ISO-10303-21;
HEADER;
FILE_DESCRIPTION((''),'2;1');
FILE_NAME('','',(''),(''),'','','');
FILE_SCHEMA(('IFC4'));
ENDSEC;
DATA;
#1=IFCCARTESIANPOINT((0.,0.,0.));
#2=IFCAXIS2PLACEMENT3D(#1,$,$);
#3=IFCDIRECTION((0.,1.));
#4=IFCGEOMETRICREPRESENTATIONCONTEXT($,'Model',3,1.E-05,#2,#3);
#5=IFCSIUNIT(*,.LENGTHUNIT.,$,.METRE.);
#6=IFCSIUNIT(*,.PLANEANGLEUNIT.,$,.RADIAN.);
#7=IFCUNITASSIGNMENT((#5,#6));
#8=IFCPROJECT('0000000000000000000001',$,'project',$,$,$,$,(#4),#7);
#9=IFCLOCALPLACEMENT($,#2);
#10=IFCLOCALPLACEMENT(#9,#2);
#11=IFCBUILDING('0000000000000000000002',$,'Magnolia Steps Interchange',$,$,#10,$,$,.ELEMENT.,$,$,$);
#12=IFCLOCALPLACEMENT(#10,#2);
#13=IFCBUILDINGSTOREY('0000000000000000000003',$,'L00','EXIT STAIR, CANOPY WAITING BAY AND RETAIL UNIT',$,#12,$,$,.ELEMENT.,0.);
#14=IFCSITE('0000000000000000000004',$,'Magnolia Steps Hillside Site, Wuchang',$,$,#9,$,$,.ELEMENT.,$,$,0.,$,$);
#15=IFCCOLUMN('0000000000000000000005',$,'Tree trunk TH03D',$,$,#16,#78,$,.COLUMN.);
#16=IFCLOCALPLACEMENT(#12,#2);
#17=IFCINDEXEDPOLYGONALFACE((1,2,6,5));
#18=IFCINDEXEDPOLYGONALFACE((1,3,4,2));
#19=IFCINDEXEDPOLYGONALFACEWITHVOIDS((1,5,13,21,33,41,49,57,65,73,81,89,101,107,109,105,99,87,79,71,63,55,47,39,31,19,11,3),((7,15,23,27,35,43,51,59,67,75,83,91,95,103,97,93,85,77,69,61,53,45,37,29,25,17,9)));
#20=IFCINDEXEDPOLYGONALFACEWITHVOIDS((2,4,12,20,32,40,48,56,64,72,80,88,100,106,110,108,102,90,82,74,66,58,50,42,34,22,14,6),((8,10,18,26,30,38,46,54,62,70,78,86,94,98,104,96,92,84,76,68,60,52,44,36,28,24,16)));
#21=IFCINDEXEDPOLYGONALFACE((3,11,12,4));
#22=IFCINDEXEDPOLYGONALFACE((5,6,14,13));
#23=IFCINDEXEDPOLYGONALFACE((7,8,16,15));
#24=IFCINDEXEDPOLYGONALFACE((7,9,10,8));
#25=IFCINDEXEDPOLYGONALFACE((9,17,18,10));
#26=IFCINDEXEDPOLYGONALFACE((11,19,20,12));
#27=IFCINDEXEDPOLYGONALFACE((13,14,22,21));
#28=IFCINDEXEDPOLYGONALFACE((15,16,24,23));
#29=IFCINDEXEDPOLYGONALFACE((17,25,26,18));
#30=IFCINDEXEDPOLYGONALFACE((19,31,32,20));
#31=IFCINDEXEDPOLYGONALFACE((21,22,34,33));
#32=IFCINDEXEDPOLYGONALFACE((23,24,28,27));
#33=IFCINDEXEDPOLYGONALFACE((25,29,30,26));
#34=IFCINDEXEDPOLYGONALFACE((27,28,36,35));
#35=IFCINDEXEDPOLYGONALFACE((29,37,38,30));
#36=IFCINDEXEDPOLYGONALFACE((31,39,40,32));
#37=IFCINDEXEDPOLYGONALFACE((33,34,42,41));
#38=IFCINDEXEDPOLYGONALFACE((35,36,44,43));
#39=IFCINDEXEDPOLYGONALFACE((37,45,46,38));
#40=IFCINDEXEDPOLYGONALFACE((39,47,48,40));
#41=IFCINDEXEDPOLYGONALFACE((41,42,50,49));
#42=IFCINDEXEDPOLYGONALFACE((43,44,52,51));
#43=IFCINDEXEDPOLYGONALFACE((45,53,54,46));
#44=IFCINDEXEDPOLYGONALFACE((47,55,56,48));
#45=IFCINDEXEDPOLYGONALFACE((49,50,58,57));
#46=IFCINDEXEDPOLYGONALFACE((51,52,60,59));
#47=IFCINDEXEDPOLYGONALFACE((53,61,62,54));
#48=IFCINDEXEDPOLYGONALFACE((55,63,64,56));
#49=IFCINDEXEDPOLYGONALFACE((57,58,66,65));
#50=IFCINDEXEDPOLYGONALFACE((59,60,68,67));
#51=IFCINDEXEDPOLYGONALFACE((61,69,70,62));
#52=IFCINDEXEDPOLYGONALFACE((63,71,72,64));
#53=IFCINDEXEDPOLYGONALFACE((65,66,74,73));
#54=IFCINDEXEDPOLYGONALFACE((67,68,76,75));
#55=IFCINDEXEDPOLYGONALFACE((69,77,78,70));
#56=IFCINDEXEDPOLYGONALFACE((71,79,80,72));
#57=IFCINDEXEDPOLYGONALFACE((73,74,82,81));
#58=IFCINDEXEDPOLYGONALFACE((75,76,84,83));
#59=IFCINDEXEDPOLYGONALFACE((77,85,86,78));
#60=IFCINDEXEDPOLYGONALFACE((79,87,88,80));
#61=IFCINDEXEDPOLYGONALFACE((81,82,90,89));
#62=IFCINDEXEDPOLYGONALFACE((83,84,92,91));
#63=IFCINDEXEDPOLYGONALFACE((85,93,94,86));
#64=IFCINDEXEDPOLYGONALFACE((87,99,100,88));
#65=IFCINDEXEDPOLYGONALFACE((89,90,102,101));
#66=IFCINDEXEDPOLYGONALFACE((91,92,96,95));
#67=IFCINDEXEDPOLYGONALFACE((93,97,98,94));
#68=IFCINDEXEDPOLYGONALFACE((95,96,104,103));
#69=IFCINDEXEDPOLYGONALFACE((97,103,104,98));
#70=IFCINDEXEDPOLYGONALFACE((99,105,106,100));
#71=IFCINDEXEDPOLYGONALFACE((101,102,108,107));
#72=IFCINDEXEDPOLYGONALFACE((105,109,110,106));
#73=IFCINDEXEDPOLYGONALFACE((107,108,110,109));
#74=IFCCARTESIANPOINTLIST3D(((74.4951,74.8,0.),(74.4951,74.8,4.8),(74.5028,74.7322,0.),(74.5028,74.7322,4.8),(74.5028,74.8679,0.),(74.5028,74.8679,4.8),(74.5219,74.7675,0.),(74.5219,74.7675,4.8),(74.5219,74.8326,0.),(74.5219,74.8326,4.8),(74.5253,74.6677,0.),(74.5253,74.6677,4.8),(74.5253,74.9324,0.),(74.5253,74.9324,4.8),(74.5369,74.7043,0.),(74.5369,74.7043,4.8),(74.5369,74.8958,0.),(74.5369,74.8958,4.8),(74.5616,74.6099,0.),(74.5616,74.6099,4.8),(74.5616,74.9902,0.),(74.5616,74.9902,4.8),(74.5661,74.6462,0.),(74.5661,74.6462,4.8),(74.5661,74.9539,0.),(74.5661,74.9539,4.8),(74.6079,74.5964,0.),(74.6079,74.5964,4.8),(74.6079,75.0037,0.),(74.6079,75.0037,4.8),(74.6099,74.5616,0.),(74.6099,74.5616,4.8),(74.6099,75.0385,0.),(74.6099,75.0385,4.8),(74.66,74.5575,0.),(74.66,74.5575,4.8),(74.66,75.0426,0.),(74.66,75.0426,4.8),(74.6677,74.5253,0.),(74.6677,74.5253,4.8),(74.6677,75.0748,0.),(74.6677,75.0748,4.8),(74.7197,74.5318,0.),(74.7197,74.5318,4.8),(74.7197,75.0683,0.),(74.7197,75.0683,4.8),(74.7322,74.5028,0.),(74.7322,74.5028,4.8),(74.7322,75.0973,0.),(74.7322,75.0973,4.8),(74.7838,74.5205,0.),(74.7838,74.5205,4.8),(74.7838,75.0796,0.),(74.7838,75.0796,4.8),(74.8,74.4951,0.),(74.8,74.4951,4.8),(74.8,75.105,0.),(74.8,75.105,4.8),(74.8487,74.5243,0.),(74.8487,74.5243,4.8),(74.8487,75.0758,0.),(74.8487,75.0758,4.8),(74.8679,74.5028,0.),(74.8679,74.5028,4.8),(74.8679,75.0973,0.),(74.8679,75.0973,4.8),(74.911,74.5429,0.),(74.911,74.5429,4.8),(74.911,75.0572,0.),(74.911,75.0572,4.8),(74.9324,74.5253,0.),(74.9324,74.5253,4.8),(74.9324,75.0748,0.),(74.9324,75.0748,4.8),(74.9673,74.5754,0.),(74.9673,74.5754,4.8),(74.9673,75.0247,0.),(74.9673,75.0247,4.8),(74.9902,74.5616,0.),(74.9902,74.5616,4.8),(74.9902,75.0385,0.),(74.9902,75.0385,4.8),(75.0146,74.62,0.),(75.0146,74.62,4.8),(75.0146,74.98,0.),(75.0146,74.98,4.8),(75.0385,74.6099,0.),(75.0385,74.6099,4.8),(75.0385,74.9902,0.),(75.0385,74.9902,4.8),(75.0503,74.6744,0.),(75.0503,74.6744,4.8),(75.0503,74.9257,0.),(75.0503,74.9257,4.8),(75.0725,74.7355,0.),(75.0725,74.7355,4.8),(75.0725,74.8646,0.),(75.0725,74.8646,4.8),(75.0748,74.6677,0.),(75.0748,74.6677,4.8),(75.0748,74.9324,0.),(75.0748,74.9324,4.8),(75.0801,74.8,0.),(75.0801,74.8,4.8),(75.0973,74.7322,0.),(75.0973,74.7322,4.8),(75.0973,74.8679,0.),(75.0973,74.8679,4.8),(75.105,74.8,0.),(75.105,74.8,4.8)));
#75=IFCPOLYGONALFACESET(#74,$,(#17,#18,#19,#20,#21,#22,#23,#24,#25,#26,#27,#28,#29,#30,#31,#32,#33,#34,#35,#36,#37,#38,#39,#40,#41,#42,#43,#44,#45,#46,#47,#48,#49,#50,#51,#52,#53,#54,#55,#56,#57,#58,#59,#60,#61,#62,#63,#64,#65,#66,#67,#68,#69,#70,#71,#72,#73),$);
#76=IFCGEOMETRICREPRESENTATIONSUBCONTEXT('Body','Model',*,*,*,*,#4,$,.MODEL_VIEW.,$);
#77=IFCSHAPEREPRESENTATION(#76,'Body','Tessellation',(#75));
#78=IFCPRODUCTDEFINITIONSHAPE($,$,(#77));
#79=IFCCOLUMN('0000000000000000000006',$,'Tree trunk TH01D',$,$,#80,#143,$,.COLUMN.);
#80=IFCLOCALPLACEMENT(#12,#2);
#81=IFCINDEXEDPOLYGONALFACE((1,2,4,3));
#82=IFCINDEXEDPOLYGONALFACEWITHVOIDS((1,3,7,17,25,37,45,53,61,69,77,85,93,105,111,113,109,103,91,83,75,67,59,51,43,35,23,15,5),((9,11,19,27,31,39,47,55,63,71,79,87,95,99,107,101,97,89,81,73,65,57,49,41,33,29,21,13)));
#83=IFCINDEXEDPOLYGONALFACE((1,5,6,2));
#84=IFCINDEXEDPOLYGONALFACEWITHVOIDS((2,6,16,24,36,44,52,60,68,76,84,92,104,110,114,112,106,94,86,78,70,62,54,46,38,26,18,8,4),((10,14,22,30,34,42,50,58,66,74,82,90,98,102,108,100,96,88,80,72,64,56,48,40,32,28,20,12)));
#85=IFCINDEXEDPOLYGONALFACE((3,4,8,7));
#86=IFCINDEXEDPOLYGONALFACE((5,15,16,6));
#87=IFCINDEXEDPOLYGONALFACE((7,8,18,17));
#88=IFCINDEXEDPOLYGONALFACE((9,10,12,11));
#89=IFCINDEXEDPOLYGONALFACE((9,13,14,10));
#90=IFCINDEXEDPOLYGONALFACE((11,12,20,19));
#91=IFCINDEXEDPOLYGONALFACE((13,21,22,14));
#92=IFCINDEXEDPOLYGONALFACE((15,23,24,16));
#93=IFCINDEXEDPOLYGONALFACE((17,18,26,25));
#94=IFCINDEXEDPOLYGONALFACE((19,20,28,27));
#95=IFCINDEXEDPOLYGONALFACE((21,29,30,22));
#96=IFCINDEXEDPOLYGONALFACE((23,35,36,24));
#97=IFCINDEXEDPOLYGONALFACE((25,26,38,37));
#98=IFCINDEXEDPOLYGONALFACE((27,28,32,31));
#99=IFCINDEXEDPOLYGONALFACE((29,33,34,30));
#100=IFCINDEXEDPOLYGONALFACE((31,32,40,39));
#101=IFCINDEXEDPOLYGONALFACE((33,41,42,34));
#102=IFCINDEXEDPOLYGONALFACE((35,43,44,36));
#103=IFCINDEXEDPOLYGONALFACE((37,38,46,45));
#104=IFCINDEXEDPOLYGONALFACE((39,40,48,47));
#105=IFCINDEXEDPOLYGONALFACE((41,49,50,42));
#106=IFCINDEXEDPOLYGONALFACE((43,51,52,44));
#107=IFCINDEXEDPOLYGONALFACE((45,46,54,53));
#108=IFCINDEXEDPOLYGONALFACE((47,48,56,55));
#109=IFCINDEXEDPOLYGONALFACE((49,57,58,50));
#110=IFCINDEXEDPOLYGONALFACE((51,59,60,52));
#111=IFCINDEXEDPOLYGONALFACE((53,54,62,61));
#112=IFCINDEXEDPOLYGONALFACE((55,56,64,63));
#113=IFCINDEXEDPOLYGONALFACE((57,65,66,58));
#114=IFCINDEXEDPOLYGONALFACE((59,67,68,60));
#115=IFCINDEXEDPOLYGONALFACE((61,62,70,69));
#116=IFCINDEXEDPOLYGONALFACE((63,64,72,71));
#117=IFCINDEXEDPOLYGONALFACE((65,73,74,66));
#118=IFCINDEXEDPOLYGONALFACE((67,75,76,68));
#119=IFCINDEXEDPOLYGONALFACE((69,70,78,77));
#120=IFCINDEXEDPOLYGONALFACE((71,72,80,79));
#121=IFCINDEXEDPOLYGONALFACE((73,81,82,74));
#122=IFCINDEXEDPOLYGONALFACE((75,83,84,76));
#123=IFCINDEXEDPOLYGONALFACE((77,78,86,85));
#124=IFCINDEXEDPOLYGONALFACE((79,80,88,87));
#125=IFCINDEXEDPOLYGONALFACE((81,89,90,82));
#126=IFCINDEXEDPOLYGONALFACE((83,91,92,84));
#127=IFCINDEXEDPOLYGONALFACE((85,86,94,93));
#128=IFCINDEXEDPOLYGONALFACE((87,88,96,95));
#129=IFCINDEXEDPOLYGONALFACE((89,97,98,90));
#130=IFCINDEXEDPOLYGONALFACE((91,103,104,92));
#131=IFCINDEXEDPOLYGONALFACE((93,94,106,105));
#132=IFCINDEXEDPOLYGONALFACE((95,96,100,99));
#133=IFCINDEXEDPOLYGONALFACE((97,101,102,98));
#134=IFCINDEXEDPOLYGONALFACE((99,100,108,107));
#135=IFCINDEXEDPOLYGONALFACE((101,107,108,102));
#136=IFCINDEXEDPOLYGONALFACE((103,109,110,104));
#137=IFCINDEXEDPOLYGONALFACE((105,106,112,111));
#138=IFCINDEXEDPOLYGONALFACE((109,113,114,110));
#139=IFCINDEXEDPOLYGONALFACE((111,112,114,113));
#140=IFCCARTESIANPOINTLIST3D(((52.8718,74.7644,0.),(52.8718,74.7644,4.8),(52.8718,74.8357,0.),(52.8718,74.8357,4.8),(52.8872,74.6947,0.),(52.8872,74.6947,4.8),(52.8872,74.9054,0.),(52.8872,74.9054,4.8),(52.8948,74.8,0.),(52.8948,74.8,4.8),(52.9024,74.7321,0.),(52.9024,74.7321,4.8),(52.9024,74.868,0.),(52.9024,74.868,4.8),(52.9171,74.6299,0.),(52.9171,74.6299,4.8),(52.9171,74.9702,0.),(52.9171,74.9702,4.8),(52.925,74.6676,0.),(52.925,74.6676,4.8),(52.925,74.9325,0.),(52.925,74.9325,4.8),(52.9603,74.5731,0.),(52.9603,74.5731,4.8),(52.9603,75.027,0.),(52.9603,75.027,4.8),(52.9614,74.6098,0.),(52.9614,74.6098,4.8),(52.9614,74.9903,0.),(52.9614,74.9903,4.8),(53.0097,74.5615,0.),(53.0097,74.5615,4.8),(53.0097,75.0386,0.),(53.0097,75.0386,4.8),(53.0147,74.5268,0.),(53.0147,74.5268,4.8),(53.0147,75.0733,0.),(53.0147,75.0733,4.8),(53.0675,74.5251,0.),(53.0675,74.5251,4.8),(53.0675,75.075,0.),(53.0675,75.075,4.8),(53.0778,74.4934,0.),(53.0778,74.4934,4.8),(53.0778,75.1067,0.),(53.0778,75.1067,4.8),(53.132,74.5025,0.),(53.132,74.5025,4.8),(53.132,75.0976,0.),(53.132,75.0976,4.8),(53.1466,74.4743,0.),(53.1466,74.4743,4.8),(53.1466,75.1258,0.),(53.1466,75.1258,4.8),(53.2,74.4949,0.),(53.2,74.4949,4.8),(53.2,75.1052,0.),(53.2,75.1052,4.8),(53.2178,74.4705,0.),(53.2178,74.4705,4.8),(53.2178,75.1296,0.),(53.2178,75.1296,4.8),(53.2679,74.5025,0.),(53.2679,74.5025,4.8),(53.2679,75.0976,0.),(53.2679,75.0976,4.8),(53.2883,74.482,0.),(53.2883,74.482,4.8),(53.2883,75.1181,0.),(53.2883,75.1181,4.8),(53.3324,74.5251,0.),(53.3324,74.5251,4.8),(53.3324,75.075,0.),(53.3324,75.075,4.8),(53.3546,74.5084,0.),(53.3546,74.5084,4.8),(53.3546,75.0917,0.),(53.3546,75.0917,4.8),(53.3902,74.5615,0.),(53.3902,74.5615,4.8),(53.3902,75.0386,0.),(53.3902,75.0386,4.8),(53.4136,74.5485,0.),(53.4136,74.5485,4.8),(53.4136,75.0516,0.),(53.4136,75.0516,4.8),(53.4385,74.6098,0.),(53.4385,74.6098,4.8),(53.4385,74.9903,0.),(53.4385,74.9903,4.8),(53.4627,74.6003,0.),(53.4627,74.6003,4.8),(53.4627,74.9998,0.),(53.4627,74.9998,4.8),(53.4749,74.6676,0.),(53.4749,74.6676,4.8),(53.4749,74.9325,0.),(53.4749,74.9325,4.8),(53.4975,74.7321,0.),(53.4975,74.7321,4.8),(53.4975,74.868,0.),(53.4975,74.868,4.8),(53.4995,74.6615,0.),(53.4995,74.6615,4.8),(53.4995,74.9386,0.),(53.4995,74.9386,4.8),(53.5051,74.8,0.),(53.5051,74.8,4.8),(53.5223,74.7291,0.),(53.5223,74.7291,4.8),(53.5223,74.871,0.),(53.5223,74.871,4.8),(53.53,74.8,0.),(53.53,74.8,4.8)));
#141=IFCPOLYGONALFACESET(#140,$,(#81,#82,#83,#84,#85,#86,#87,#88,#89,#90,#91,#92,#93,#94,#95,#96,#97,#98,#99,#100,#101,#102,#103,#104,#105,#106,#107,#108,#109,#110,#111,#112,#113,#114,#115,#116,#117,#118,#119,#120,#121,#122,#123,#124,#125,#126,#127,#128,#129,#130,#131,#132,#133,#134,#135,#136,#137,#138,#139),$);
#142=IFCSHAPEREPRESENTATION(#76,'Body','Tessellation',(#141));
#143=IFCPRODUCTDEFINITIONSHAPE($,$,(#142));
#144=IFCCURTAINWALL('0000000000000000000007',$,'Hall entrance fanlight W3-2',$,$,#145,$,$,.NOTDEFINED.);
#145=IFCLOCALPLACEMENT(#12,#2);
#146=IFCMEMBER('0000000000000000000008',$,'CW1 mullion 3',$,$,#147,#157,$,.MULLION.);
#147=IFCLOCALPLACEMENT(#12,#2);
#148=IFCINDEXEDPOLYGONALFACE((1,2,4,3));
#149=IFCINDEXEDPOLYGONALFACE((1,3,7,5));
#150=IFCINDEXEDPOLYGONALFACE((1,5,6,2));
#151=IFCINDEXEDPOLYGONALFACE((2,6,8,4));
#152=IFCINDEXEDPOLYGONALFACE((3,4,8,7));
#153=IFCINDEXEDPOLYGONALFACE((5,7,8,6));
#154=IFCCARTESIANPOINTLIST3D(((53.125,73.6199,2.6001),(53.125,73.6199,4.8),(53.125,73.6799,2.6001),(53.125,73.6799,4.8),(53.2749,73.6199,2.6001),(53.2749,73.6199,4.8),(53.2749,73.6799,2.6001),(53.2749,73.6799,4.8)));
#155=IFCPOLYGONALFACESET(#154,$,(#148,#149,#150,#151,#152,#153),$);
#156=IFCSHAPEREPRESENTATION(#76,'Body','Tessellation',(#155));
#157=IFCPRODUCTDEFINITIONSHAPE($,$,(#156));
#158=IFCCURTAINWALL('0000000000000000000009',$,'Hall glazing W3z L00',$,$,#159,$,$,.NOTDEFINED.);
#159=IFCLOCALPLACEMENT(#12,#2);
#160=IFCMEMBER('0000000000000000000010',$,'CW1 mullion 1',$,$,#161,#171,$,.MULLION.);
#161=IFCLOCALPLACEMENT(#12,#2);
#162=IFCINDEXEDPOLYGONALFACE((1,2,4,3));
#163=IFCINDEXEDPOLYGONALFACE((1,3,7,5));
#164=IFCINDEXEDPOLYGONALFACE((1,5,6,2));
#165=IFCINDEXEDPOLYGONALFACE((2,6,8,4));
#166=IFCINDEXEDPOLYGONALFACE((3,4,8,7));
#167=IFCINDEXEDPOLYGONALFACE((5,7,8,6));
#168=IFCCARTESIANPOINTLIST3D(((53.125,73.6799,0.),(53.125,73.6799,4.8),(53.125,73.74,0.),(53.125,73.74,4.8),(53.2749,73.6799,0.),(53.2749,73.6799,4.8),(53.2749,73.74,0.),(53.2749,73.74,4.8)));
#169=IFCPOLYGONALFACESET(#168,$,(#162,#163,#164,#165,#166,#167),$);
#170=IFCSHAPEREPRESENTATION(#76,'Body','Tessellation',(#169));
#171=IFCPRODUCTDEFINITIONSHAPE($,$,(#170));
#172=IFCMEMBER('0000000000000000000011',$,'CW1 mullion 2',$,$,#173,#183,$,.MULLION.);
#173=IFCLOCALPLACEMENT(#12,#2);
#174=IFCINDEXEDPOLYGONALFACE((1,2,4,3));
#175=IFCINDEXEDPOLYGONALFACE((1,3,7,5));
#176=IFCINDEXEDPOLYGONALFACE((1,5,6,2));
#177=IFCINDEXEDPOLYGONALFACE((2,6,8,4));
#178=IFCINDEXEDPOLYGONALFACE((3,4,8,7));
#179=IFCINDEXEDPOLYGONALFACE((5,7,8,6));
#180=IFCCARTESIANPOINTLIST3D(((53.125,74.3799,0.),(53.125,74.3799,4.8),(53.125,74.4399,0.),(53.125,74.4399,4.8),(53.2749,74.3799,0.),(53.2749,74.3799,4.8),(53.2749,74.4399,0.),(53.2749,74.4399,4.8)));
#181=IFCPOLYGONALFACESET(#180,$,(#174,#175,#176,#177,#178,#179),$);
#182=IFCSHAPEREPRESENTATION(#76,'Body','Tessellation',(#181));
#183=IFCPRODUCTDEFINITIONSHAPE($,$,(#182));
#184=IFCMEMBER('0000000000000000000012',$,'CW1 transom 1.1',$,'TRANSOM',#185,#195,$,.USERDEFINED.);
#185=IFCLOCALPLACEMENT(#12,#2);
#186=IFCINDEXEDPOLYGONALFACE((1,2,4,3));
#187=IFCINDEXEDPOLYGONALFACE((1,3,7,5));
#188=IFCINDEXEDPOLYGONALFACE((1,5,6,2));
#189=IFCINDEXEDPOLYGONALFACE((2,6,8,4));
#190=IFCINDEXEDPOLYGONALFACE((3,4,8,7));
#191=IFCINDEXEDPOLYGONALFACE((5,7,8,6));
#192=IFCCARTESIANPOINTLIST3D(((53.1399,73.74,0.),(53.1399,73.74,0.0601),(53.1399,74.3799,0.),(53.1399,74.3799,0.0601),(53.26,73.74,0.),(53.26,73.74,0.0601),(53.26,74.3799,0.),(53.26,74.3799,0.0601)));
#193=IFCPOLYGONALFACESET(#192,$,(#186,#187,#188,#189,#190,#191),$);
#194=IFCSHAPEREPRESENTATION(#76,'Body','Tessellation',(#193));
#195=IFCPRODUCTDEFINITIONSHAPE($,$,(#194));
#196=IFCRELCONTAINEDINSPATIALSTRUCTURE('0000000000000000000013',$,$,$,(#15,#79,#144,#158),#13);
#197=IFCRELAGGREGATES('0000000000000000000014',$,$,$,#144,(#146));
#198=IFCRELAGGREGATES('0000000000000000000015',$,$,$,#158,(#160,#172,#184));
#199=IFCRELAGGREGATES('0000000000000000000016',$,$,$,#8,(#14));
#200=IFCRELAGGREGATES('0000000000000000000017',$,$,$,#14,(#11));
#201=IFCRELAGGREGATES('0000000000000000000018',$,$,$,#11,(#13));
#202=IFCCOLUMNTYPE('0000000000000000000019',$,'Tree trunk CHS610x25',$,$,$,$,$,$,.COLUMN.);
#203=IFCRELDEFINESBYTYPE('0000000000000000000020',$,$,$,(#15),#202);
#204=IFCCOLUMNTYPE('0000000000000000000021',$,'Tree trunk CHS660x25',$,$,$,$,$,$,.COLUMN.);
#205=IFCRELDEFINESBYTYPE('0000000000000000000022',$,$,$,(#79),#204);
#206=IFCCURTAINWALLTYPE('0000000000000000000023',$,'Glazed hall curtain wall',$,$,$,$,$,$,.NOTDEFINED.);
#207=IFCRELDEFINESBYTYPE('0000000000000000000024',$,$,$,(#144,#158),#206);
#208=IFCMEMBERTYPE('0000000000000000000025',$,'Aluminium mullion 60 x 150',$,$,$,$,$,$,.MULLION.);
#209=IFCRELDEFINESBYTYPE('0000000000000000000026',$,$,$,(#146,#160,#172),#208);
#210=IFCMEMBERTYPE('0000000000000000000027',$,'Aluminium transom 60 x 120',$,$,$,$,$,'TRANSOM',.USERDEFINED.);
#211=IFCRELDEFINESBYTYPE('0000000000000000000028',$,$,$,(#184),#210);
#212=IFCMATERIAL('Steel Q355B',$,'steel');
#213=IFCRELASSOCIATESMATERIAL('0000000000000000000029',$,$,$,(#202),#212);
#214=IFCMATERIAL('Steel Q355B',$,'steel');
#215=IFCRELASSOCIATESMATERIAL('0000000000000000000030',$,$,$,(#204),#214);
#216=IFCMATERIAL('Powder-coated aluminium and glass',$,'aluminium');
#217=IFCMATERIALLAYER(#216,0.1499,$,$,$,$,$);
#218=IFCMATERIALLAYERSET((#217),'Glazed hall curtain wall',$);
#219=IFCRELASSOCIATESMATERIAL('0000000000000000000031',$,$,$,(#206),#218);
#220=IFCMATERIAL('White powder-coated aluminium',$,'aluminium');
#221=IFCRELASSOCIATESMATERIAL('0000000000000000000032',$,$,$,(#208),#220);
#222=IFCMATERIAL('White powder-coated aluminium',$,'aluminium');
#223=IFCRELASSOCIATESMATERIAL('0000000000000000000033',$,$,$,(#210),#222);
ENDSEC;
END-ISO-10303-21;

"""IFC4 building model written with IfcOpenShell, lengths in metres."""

from ifc_helpers import new_model, si_unit, direction, frame, origin, origin_2d, place, context, subcontext, project, spatial, rectangle, hollow_circle, extrude, material, layer, layer_set, material_profile, profile_set, type_object, element, aggregate, save


model = new_model("IFC4")

# Units and contexts
model_context = context("Model", 3, precision=1e-05, world=origin(), true_north=direction((0.0, 1.0)))
body_context = subcontext(model_context, "Body", "Model", "MODEL_VIEW")
ifc_project = project(units=[si_unit("LENGTHUNIT", "METRE"), si_unit("PLANEANGLEUNIT", "RADIAN")], contexts=[model_context])

# Site, building, storey
site_placement = place(None, origin())
site = spatial("IfcSite", under=ifc_project, at=site_placement, Name="Magnolia Steps Hillside Site, Wuchang", CompositionType="ELEMENT", RefElevation=0.0)
building_placement = place(site_placement, origin())
building = spatial("IfcBuilding", under=site, at=building_placement, Name="Magnolia Steps Interchange", CompositionType="ELEMENT")
storey_placement = place(building_placement, origin())
storey = spatial("IfcBuildingStorey", under=building, at=storey_placement, Name="L00", Description="EXIT STAIR, CANOPY WAITING BAY AND RETAIL UNIT", CompositionType="ELEMENT", Elevation=0.0)

# Columns
ifc_material_1 = material(Name="Steel Q355B", Category="steel")
ifc_material_profile_1 = material_profile(ifc_material_1, hollow_circle(Radius=0.3049, WallThickness=0.0249, at=origin_2d()), Name="CHS610x25")
ifc_profile_set_1 = profile_set([ifc_material_profile_1], Name="Steel Q355B")
column_type_1 = type_object("IfcColumnType", Name="Tree trunk CHS610x25", PredefinedType="COLUMN", material=ifc_profile_set_1)
for number, where, z_axis, x_axis, name in (
    (1, (74.8, 74.8, 0.0), (0.0, 0.0, 1.0), (1.0, 0.0, 0.0), "Tree trunk TH03D"),
):
    element("IfcColumn", number, at=place(storey_placement, frame(where, z_axis=z_axis, x_axis=x_axis)), inside=storey, type_object=column_type_1, Name=name, PredefinedType="COLUMN", context=body_context, shape_type="SweptSolid", body=[
        extrude(hollow_circle(Radius=0.3049, WallThickness=0.0249, at=origin_2d()), origin(), (0.0, 0.0, 1.0), 4.8),
    ])
ifc_material_2 = material(Name="Steel Q355B", Category="steel")
ifc_material_profile_2 = material_profile(ifc_material_2, hollow_circle(Radius=0.3301, WallThickness=0.0249, at=origin_2d()), Name="CHS660x25")
ifc_profile_set_2 = profile_set([ifc_material_profile_2], Name="Steel Q355B")
column_type_2 = type_object("IfcColumnType", Name="Tree trunk CHS660x25", PredefinedType="COLUMN", material=ifc_profile_set_2)
column_placement = place(storey_placement, frame((53.2, 74.8, 0.0), z_axis=(0.0, 0.0, 1.0), x_axis=(1.0, 0.0, 0.0)))
element("IfcColumn", 2, at=column_placement, inside=storey, type_object=column_type_2, Name="Tree trunk TH01D", PredefinedType="COLUMN", context=body_context, shape_type="SweptSolid", body=[
    extrude(hollow_circle(Radius=0.3301, WallThickness=0.0249, at=origin_2d()), origin(), (0.0, 0.0, 1.0), 4.8),
])

# Curtain wall, member
ifc_material_3 = material(Name="Powder-coated aluminium and glass", Category="aluminium")
ifc_layer_1 = layer(ifc_material_3, 0.1499)
ifc_layer_set_1 = layer_set([ifc_layer_1], Name="Glazed hall curtain wall")
curtain_wall_type = type_object("IfcCurtainWallType", Name="Glazed hall curtain wall", PredefinedType="NOTDEFINED", material=ifc_layer_set_1)
curtain_wall_1_placement = place(storey_placement, origin())
curtain_wall_1 = element("IfcCurtainWall", 3, at=curtain_wall_1_placement, inside=storey, type_object=curtain_wall_type, Name="Hall entrance fanlight W3-2", PredefinedType="NOTDEFINED")
ifc_material_4 = material(Name="White powder-coated aluminium", Category="aluminium")
ifc_material_profile_3 = material_profile(ifc_material_4, rectangle(XDim=0.0601, YDim=0.1499, at=origin_2d()), Name="Aluminium mullion 60 x 150")
ifc_profile_set_3 = profile_set([ifc_material_profile_3], Name="White powder-coated aluminium")
member_type_1 = type_object("IfcMemberType", Name="Aluminium mullion 60 x 150", PredefinedType="MULLION", material=ifc_profile_set_3)
member_1_placement = place(storey_placement, frame((53.2, 73.6499, 2.6001), z_axis=(0.0, 0.0, 1.0), x_axis=(0.0, 1.0, 0.0)))
member_1 = element("IfcMember", 4, at=member_1_placement, type_object=member_type_1, Name="CW1 mullion 3", PredefinedType="MULLION", context=body_context, shape_type="SweptSolid", body=[
    extrude(rectangle(XDim=0.0601, YDim=0.1499, at=origin_2d()), origin(), (0.0, 0.0, 1.0), 2.2),
])
aggregate(curtain_wall_1, [member_1])

# Curtain wall, members
curtain_wall_2_placement = place(storey_placement, origin())
curtain_wall_2 = element("IfcCurtainWall", 5, at=curtain_wall_2_placement, inside=storey, type_object=curtain_wall_type, Name="Hall glazing W3z L00", PredefinedType="NOTDEFINED")
member_2_placement = place(storey_placement, frame((53.2, 73.71, 0.0), z_axis=(0.0, 0.0, 1.0), x_axis=(0.0, 1.0, 0.0)))
member_2 = element("IfcMember", 6, at=member_2_placement, type_object=member_type_1, Name="CW1 mullion 1", PredefinedType="MULLION", context=body_context, shape_type="SweptSolid", body=[
    extrude(rectangle(XDim=0.0601, YDim=0.1499, at=origin_2d()), origin(), (0.0, 0.0, 1.0), 4.8),
])
member_3_placement = place(storey_placement, frame((53.2, 74.4099, 0.0), z_axis=(0.0, 0.0, 1.0), x_axis=(0.0, 1.0, 0.0)))
member_3 = element("IfcMember", 7, at=member_3_placement, type_object=member_type_1, Name="CW1 mullion 2", PredefinedType="MULLION", context=body_context, shape_type="SweptSolid", body=[
    extrude(rectangle(XDim=0.0601, YDim=0.1499, at=origin_2d()), origin(), (0.0, 0.0, 1.0), 4.8),
])
ifc_material_5 = material(Name="White powder-coated aluminium", Category="aluminium")
ifc_material_profile_4 = material_profile(ifc_material_5, rectangle(XDim=0.0601, YDim=0.1201, at=origin_2d()), Name="Aluminium transom 60 x 120")
ifc_profile_set_4 = profile_set([ifc_material_profile_4], Name="White powder-coated aluminium")
member_type_2 = type_object("IfcMemberType", Name="Aluminium transom 60 x 120", ElementType="TRANSOM", PredefinedType="USERDEFINED", material=ifc_profile_set_4)
member_4_placement = place(storey_placement, frame((53.2, 73.74, 0.03), z_axis=(0.0, 1.0, 0.0), x_axis=(0.0, 0.0, 1.0)))
member_4 = element("IfcMember", 8, at=member_4_placement, type_object=member_type_2, Name="CW1 transom 1.1", ObjectType="TRANSOM", PredefinedType="USERDEFINED", context=body_context, shape_type="SweptSolid", body=[
    extrude(rectangle(XDim=0.0601, YDim=0.1201, at=origin_2d()), origin(), (0.0, 0.0, 1.0), 0.6399),
])
aggregate(curtain_wall_2, [member_2, member_3, member_4])

save(model, "model.ifc")
